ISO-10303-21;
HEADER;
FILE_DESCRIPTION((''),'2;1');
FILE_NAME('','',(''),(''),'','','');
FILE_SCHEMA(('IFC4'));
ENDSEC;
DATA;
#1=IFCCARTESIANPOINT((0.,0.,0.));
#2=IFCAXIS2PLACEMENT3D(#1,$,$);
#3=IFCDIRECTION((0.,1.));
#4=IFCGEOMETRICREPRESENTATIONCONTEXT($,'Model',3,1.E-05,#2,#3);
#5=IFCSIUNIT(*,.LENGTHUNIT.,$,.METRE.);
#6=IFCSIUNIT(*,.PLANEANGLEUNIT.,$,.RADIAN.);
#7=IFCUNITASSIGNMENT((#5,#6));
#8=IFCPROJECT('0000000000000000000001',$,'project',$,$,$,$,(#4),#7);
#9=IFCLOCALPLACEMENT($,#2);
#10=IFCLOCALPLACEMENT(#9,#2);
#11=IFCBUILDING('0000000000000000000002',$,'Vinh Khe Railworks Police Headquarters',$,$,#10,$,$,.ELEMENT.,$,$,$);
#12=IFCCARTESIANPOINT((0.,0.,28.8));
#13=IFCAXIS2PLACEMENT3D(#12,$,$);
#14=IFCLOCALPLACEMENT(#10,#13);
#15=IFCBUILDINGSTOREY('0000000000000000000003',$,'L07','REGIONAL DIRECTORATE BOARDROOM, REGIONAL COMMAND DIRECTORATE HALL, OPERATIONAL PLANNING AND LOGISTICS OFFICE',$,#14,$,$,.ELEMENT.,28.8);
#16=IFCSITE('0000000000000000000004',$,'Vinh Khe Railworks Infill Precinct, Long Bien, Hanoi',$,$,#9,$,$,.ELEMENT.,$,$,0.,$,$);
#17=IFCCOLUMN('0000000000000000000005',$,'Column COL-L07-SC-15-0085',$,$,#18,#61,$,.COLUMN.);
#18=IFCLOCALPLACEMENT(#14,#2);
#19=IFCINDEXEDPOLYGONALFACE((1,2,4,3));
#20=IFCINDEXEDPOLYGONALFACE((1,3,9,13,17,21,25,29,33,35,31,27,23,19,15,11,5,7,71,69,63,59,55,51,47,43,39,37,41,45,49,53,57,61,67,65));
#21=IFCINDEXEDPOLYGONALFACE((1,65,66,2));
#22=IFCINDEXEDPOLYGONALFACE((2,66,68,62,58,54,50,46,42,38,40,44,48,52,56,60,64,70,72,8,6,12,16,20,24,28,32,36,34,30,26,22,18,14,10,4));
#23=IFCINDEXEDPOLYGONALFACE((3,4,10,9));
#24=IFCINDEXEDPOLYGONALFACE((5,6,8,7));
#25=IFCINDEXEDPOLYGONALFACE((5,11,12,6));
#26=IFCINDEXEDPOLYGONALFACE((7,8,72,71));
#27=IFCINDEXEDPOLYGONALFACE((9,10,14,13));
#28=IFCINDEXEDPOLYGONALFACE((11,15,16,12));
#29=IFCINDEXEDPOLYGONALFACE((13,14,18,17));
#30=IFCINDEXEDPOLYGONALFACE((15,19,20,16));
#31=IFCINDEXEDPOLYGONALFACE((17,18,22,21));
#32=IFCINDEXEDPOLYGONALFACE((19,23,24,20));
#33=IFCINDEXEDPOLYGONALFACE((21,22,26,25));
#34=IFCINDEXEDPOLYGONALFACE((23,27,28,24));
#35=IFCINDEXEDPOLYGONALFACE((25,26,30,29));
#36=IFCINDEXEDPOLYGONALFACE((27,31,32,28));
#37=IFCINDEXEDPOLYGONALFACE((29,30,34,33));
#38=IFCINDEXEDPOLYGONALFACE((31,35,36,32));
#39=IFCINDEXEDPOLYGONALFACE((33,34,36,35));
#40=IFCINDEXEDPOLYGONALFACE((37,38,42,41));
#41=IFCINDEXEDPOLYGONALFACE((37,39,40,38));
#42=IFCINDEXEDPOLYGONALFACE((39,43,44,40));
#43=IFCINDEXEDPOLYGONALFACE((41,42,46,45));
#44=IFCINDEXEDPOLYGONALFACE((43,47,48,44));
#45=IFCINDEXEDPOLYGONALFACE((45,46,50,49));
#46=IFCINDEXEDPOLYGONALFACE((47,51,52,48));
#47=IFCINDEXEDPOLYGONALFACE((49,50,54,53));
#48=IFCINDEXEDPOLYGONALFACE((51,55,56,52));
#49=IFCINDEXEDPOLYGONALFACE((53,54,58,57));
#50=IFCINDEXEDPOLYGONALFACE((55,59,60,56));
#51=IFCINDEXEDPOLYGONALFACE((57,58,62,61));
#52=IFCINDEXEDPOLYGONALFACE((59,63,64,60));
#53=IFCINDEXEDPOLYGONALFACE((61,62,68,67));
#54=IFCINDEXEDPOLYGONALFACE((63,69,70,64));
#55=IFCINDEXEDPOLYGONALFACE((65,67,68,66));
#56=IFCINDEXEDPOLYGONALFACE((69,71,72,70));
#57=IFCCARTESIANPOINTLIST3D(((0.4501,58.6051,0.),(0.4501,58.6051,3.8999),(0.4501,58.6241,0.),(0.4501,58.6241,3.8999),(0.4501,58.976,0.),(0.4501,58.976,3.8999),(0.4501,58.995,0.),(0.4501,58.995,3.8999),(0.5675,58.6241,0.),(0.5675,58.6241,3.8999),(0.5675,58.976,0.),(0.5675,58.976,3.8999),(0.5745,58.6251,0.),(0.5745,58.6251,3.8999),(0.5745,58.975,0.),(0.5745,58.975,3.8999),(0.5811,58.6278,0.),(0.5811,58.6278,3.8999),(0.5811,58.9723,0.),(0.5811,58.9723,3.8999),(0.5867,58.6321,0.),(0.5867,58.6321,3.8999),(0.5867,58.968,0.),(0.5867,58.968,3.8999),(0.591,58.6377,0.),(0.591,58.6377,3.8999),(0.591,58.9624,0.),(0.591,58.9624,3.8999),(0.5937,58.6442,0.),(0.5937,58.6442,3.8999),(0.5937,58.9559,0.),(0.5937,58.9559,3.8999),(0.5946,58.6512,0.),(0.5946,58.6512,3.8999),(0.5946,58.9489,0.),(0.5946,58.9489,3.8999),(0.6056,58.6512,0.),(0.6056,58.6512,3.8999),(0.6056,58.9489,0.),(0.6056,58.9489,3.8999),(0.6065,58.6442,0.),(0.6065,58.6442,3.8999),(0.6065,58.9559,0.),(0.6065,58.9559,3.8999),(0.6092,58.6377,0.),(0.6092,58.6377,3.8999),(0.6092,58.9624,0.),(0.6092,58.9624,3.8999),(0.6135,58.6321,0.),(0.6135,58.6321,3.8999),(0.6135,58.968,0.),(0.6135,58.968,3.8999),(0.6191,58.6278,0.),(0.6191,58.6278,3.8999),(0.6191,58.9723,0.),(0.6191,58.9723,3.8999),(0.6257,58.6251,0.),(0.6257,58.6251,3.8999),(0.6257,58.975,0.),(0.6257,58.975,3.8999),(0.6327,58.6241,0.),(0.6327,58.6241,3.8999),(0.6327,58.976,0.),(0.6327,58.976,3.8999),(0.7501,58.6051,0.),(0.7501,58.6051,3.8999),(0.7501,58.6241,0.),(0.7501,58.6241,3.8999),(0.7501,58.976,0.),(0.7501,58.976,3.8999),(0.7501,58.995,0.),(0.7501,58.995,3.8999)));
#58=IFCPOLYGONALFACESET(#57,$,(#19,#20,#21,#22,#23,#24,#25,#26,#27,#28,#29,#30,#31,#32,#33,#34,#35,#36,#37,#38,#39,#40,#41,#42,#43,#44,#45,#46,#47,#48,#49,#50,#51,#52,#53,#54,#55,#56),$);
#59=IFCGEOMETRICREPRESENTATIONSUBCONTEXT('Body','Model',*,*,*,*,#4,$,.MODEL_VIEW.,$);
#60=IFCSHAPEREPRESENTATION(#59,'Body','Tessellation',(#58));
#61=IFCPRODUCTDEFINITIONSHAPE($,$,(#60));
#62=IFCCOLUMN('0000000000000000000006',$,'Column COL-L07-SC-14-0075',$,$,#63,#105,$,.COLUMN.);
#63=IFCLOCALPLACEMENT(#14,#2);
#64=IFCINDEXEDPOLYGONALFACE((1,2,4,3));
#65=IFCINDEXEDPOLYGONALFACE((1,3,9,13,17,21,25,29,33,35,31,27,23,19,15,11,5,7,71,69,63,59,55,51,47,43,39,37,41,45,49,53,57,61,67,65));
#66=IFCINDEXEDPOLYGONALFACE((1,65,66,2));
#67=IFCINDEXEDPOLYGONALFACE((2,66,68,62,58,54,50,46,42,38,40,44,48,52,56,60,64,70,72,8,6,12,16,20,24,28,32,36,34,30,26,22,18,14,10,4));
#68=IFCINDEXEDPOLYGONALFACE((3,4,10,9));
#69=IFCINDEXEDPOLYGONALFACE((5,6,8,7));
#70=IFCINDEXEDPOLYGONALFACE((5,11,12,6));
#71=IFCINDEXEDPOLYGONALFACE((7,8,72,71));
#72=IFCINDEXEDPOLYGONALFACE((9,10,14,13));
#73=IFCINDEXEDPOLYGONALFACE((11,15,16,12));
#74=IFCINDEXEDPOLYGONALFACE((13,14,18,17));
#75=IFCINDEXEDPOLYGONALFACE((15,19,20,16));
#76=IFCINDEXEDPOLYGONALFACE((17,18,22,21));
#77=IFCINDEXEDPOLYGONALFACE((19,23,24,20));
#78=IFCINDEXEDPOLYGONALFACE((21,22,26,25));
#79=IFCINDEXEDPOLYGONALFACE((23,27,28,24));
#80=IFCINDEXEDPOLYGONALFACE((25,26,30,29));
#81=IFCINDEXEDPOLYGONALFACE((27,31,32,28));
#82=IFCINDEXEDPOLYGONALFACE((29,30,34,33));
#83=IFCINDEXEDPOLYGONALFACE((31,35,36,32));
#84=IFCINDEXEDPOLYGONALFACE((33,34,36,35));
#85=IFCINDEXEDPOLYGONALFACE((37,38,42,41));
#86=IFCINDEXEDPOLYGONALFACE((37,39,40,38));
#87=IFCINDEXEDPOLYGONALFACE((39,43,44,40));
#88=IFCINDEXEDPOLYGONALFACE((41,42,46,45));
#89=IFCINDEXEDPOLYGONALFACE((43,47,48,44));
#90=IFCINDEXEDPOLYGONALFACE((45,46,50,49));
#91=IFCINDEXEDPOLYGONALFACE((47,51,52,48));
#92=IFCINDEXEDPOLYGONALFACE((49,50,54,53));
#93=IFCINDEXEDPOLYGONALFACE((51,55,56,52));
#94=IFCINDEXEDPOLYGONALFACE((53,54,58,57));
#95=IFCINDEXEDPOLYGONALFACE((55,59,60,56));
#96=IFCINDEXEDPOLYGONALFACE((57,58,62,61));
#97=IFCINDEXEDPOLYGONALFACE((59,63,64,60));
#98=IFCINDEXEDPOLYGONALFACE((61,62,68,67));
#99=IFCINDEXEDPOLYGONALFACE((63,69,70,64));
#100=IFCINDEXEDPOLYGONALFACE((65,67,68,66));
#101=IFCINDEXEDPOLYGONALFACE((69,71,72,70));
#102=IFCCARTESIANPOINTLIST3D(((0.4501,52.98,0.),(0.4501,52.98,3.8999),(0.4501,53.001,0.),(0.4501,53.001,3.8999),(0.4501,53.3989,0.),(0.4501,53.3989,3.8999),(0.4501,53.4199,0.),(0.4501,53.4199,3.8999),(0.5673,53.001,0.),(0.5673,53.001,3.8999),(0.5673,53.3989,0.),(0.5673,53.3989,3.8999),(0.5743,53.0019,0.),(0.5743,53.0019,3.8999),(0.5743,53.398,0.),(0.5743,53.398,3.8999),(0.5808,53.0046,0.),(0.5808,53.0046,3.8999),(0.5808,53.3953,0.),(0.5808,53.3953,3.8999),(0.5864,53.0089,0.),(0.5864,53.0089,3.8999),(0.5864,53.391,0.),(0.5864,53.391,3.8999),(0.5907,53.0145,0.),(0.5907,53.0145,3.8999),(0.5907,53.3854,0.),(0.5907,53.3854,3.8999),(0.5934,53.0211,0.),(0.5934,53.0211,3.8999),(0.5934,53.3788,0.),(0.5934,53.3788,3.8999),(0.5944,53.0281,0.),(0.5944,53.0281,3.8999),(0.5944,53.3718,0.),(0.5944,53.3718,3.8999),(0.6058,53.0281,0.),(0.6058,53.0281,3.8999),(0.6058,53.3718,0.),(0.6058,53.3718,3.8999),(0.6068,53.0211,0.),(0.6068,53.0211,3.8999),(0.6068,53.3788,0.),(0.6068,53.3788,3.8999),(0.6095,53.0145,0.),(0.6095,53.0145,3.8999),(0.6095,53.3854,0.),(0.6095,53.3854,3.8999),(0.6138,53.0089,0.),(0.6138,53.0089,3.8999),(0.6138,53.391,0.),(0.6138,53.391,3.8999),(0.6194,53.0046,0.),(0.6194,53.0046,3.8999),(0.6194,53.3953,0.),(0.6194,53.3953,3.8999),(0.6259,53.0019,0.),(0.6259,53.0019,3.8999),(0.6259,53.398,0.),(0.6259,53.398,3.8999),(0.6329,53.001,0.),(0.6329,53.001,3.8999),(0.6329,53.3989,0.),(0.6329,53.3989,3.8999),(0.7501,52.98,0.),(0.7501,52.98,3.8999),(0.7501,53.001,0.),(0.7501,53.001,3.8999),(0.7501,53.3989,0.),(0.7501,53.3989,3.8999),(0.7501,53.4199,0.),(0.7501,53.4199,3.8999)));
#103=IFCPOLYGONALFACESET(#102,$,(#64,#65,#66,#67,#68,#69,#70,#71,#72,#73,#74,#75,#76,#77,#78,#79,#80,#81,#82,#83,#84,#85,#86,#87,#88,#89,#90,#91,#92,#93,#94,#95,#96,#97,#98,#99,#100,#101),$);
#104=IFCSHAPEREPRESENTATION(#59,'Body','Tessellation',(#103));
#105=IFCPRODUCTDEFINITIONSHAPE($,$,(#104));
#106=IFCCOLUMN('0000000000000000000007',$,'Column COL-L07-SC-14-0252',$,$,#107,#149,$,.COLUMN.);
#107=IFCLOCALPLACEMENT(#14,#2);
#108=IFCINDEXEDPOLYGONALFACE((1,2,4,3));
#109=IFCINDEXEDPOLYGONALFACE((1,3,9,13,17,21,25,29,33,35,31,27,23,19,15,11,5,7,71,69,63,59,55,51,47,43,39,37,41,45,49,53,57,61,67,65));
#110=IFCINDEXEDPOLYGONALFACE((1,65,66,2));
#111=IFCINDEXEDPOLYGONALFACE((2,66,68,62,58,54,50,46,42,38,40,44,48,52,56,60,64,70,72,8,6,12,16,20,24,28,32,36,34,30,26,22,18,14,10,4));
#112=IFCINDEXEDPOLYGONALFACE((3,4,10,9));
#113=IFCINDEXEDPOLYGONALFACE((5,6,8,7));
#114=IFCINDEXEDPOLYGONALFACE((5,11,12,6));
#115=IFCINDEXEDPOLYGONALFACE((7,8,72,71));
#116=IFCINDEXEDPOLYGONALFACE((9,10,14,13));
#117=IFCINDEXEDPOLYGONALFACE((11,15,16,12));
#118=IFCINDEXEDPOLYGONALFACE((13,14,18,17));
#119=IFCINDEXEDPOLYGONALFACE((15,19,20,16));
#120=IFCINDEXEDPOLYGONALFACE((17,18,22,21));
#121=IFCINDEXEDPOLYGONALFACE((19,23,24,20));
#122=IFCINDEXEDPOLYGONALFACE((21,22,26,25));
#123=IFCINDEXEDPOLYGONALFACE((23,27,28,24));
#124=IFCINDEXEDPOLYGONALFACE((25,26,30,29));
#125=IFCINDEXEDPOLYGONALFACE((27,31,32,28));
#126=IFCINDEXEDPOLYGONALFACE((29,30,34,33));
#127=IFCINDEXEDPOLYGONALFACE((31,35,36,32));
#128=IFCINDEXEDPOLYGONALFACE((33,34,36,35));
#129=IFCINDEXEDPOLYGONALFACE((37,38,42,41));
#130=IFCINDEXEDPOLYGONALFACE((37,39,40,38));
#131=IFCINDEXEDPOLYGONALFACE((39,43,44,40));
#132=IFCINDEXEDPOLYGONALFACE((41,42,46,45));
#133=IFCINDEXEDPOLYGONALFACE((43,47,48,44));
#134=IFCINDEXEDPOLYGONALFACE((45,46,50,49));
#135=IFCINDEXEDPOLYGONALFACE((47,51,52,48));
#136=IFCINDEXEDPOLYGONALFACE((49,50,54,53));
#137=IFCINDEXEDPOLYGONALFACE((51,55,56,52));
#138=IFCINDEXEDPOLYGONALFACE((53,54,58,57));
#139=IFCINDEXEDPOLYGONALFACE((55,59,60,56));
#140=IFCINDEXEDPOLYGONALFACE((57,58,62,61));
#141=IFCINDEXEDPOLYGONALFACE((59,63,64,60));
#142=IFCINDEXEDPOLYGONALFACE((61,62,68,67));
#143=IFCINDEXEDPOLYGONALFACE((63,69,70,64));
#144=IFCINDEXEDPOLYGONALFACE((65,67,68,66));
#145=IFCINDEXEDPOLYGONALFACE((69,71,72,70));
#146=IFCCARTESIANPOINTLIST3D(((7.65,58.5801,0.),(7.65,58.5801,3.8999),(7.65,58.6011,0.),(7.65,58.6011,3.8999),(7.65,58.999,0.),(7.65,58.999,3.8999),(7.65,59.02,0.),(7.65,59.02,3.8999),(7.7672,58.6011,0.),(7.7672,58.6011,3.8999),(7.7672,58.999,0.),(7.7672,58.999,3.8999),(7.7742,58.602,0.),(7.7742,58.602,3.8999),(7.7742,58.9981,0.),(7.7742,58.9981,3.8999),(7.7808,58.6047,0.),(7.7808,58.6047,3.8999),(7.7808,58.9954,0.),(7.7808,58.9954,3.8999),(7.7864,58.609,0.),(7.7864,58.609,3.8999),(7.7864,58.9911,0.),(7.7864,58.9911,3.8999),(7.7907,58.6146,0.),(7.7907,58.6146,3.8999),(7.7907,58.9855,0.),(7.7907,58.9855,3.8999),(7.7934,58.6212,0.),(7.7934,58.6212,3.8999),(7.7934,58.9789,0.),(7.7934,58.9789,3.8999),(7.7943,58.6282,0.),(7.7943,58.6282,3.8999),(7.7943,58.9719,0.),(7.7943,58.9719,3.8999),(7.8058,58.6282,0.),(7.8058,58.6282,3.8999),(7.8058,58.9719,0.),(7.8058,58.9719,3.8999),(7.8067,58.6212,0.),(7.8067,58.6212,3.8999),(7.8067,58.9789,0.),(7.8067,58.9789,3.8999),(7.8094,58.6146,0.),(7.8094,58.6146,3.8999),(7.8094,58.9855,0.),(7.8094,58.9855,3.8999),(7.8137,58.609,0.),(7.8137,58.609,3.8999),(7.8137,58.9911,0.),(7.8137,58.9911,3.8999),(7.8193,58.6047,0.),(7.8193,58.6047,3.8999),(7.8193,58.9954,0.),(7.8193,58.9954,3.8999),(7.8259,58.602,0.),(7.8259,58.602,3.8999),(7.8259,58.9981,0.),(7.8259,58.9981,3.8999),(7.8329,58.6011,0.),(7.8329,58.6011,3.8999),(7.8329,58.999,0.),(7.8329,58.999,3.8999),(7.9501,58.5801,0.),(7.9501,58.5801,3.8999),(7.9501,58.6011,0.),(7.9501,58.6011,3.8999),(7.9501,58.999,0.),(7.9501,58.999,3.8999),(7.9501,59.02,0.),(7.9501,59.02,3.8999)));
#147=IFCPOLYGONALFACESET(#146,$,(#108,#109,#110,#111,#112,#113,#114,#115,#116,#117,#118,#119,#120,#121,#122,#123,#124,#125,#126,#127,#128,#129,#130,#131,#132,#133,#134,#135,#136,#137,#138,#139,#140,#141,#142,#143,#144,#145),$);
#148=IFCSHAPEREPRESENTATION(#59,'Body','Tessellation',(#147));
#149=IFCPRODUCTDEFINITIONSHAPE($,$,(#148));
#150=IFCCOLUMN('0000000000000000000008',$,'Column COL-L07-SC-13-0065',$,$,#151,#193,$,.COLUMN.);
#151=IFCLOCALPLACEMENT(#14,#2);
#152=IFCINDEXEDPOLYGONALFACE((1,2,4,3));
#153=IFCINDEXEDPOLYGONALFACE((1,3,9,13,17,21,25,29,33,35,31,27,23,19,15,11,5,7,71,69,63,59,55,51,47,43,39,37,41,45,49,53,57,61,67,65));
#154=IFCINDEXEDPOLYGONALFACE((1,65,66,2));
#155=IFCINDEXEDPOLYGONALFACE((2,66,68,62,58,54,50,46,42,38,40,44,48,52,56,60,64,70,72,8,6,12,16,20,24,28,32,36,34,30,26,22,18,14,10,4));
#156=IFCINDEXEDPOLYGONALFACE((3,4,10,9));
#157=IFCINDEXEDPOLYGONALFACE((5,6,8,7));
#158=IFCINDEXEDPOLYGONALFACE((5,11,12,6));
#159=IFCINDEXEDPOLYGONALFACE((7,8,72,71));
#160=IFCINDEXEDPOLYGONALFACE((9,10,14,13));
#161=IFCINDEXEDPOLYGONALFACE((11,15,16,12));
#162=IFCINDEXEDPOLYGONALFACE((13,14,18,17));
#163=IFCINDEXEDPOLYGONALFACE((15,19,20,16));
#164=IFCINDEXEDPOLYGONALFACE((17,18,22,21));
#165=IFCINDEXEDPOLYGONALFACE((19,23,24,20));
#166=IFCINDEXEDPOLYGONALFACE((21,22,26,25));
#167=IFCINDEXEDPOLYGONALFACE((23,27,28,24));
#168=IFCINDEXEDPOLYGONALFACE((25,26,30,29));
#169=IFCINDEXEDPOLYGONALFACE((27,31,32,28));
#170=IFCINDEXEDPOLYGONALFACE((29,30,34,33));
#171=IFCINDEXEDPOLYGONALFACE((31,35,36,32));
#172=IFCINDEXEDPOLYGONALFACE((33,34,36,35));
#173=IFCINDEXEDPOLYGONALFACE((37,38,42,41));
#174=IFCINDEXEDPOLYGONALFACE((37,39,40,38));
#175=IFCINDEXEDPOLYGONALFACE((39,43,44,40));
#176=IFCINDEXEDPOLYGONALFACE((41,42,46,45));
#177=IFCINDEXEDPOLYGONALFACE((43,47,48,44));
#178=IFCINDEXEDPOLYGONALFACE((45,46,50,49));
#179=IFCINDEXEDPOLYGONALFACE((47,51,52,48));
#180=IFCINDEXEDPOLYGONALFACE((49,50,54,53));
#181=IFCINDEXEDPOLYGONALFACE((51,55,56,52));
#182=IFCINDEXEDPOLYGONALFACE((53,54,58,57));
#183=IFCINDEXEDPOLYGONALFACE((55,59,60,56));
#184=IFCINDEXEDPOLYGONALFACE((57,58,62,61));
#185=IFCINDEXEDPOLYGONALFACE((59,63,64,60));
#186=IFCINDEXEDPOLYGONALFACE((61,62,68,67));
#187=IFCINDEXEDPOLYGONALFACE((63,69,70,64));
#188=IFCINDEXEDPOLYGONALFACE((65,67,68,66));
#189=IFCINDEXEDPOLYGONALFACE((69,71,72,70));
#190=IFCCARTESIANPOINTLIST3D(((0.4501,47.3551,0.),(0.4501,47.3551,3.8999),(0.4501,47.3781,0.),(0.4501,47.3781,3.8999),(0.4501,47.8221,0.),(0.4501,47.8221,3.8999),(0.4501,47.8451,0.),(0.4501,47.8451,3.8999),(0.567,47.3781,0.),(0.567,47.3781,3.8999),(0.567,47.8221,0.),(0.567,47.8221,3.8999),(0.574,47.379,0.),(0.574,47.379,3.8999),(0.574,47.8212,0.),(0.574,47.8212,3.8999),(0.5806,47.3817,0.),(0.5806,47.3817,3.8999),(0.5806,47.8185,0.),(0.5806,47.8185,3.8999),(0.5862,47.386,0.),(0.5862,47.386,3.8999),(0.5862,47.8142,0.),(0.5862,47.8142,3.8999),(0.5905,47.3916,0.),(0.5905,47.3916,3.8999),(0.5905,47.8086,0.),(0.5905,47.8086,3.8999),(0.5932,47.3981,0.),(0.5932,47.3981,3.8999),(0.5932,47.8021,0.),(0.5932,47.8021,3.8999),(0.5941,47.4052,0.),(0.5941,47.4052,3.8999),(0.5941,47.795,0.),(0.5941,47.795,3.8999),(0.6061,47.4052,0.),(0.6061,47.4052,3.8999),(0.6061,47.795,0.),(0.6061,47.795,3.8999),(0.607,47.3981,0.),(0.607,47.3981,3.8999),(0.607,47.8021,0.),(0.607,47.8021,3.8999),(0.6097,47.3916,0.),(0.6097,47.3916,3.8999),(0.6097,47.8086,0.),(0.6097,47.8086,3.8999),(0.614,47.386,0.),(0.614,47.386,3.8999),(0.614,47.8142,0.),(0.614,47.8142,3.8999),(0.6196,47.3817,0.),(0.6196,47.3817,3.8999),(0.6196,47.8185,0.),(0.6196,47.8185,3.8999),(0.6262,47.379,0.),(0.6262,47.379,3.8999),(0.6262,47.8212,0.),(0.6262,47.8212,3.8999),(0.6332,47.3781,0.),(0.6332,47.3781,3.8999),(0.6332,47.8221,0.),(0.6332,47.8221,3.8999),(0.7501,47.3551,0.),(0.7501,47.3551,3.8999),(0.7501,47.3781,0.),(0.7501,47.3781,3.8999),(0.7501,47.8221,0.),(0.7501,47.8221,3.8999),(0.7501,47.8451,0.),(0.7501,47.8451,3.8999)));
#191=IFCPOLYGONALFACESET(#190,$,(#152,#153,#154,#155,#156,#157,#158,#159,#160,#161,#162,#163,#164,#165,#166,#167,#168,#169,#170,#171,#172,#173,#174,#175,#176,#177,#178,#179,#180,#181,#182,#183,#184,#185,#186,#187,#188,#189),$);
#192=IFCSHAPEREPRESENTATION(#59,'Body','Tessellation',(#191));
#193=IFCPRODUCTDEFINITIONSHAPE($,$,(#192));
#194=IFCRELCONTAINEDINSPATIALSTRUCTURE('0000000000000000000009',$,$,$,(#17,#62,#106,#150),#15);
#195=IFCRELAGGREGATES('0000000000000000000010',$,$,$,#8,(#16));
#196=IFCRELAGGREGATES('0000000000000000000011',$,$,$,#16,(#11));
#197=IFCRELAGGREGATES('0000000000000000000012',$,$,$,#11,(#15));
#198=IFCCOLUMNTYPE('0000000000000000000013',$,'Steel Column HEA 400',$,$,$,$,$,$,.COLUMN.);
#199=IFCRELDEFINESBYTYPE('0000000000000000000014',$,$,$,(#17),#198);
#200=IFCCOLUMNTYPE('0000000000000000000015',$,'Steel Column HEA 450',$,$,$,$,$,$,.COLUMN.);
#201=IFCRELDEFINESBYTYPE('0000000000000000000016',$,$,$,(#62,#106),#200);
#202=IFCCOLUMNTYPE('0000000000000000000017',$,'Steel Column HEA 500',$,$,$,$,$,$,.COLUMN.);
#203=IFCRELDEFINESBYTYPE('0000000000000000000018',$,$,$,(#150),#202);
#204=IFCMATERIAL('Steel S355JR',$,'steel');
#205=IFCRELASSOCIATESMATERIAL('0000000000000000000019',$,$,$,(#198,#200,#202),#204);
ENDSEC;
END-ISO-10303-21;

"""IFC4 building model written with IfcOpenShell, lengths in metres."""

from ifc_helpers import new_model, si_unit, direction, frame, origin, origin_2d, place, context, subcontext, project, spatial, i_section, extrude, material, material_profile, profile_set, type_object, element, save


model = new_model("IFC4")

# Units and contexts
model_context = context("Model", 3, precision=1e-05, world=origin(), true_north=direction((0.0, 1.0)))
body_context = subcontext(model_context, "Body", "Model", "MODEL_VIEW")
ifc_project = project(units=[si_unit("LENGTHUNIT", "METRE"), si_unit("PLANEANGLEUNIT", "RADIAN")], contexts=[model_context])

# Site, building, storey
site_placement = place(None, origin())
site = spatial("IfcSite", under=ifc_project, at=site_placement, Name="Vinh Khe Railworks Infill Precinct, Long Bien, Hanoi", CompositionType="ELEMENT", RefElevation=0.0)
building_placement = place(site_placement, origin())
building = spatial("IfcBuilding", under=site, at=building_placement, Name="Vinh Khe Railworks Police Headquarters", CompositionType="ELEMENT")
storey_placement = place(building_placement, frame((0.0, 0.0, 28.8)))
storey = spatial("IfcBuildingStorey", under=building, at=storey_placement, Name="L07", Description="REGIONAL DIRECTORATE BOARDROOM, REGIONAL COMMAND DIRECTORATE HALL, OPERATIONAL PLANNING AND LOGISTICS OFFICE", CompositionType="ELEMENT", Elevation=28.8)

# Columns
ifc_material_1 = material(Name="Steel S355JR", Category="steel")
ifc_material_profile_1 = material_profile(ifc_material_1, i_section(OverallWidth=0.3, OverallDepth=0.3899, WebThickness=0.011, FlangeThickness=0.019, FilletRadius=0.0271, at=origin_2d()), Name="HEA 400")
ifc_profile_set_1 = profile_set([ifc_material_profile_1], Name="Steel S355JR")
column_type_1 = type_object("IfcColumnType", Name="Steel Column HEA 400", PredefinedType="COLUMN", material=ifc_profile_set_1)
column_1_placement = place(storey_placement, frame((0.6001, 58.8, 0.0), z_axis=(0.0, 0.0, 1.0), x_axis=(1.0, 0.0, 0.0)))
element("IfcColumn", 1, at=column_1_placement, inside=storey, type_object=column_type_1, Name="Column COL-L07-SC-15-0085", PredefinedType="COLUMN", context=body_context, shape_type="SweptSolid", body=[
    extrude(i_section(OverallWidth=0.3, OverallDepth=0.3899, WebThickness=0.011, FlangeThickness=0.019, FilletRadius=0.0271, at=origin_2d()), origin(), (0.0, 0.0, 1.0), 3.8999),
])
ifc_material_profile_2 = material_profile(ifc_material_1, i_section(OverallWidth=0.3, OverallDepth=0.4399, WebThickness=0.0115, FlangeThickness=0.021, FilletRadius=0.0271, at=origin_2d()), Name="HEA 450")
ifc_profile_set_2 = profile_set([ifc_material_profile_2], Name="Steel S355JR")
column_type_2 = type_object("IfcColumnType", Name="Steel Column HEA 450", PredefinedType="COLUMN", material=ifc_profile_set_2)
for number, where, z_axis, x_axis, name in (
    (2, (0.6001, 53.2, 0.0), (0.0, 0.0, 1.0), (1.0, 0.0, 0.0), "Column COL-L07-SC-14-0075"),
    (3, (7.8, 58.8, 0.0), (0.0, 0.0, 1.0), (1.0, 0.0, 0.0), "Column COL-L07-SC-14-0252"),
):
    element("IfcColumn", number, at=place(storey_placement, frame(where, z_axis=z_axis, x_axis=x_axis)), inside=storey, type_object=column_type_2, Name=name, PredefinedType="COLUMN", context=body_context, shape_type="SweptSolid", body=[
        extrude(i_section(OverallWidth=0.3, OverallDepth=0.4399, WebThickness=0.0115, FlangeThickness=0.021, FilletRadius=0.0271, at=origin_2d()), origin(), (0.0, 0.0, 1.0), 3.8999),
    ])
ifc_material_profile_3 = material_profile(ifc_material_1, i_section(OverallWidth=0.3, OverallDepth=0.49, WebThickness=0.012, FlangeThickness=0.0229, FilletRadius=0.0271, at=origin_2d()), Name="HEA 500")
ifc_profile_set_3 = profile_set([ifc_material_profile_3], Name="Steel S355JR")
column_type_3 = type_object("IfcColumnType", Name="Steel Column HEA 500", PredefinedType="COLUMN", material=ifc_profile_set_3)
for number, where, z_axis, x_axis, name in (
    (4, (0.6001, 47.6001, 0.0), (0.0, 0.0, 1.0), (1.0, 0.0, 0.0), "Column COL-L07-SC-13-0065"),
):
    element("IfcColumn", number, at=place(storey_placement, frame(where, z_axis=z_axis, x_axis=x_axis)), inside=storey, type_object=column_type_3, Name=name, PredefinedType="COLUMN", context=body_context, shape_type="SweptSolid", body=[
        extrude(i_section(OverallWidth=0.3, OverallDepth=0.49, WebThickness=0.012, FlangeThickness=0.0229, FilletRadius=0.0271, at=origin_2d()), origin(), (0.0, 0.0, 1.0), 3.8999),
    ])

save(model, "model.ifc")
